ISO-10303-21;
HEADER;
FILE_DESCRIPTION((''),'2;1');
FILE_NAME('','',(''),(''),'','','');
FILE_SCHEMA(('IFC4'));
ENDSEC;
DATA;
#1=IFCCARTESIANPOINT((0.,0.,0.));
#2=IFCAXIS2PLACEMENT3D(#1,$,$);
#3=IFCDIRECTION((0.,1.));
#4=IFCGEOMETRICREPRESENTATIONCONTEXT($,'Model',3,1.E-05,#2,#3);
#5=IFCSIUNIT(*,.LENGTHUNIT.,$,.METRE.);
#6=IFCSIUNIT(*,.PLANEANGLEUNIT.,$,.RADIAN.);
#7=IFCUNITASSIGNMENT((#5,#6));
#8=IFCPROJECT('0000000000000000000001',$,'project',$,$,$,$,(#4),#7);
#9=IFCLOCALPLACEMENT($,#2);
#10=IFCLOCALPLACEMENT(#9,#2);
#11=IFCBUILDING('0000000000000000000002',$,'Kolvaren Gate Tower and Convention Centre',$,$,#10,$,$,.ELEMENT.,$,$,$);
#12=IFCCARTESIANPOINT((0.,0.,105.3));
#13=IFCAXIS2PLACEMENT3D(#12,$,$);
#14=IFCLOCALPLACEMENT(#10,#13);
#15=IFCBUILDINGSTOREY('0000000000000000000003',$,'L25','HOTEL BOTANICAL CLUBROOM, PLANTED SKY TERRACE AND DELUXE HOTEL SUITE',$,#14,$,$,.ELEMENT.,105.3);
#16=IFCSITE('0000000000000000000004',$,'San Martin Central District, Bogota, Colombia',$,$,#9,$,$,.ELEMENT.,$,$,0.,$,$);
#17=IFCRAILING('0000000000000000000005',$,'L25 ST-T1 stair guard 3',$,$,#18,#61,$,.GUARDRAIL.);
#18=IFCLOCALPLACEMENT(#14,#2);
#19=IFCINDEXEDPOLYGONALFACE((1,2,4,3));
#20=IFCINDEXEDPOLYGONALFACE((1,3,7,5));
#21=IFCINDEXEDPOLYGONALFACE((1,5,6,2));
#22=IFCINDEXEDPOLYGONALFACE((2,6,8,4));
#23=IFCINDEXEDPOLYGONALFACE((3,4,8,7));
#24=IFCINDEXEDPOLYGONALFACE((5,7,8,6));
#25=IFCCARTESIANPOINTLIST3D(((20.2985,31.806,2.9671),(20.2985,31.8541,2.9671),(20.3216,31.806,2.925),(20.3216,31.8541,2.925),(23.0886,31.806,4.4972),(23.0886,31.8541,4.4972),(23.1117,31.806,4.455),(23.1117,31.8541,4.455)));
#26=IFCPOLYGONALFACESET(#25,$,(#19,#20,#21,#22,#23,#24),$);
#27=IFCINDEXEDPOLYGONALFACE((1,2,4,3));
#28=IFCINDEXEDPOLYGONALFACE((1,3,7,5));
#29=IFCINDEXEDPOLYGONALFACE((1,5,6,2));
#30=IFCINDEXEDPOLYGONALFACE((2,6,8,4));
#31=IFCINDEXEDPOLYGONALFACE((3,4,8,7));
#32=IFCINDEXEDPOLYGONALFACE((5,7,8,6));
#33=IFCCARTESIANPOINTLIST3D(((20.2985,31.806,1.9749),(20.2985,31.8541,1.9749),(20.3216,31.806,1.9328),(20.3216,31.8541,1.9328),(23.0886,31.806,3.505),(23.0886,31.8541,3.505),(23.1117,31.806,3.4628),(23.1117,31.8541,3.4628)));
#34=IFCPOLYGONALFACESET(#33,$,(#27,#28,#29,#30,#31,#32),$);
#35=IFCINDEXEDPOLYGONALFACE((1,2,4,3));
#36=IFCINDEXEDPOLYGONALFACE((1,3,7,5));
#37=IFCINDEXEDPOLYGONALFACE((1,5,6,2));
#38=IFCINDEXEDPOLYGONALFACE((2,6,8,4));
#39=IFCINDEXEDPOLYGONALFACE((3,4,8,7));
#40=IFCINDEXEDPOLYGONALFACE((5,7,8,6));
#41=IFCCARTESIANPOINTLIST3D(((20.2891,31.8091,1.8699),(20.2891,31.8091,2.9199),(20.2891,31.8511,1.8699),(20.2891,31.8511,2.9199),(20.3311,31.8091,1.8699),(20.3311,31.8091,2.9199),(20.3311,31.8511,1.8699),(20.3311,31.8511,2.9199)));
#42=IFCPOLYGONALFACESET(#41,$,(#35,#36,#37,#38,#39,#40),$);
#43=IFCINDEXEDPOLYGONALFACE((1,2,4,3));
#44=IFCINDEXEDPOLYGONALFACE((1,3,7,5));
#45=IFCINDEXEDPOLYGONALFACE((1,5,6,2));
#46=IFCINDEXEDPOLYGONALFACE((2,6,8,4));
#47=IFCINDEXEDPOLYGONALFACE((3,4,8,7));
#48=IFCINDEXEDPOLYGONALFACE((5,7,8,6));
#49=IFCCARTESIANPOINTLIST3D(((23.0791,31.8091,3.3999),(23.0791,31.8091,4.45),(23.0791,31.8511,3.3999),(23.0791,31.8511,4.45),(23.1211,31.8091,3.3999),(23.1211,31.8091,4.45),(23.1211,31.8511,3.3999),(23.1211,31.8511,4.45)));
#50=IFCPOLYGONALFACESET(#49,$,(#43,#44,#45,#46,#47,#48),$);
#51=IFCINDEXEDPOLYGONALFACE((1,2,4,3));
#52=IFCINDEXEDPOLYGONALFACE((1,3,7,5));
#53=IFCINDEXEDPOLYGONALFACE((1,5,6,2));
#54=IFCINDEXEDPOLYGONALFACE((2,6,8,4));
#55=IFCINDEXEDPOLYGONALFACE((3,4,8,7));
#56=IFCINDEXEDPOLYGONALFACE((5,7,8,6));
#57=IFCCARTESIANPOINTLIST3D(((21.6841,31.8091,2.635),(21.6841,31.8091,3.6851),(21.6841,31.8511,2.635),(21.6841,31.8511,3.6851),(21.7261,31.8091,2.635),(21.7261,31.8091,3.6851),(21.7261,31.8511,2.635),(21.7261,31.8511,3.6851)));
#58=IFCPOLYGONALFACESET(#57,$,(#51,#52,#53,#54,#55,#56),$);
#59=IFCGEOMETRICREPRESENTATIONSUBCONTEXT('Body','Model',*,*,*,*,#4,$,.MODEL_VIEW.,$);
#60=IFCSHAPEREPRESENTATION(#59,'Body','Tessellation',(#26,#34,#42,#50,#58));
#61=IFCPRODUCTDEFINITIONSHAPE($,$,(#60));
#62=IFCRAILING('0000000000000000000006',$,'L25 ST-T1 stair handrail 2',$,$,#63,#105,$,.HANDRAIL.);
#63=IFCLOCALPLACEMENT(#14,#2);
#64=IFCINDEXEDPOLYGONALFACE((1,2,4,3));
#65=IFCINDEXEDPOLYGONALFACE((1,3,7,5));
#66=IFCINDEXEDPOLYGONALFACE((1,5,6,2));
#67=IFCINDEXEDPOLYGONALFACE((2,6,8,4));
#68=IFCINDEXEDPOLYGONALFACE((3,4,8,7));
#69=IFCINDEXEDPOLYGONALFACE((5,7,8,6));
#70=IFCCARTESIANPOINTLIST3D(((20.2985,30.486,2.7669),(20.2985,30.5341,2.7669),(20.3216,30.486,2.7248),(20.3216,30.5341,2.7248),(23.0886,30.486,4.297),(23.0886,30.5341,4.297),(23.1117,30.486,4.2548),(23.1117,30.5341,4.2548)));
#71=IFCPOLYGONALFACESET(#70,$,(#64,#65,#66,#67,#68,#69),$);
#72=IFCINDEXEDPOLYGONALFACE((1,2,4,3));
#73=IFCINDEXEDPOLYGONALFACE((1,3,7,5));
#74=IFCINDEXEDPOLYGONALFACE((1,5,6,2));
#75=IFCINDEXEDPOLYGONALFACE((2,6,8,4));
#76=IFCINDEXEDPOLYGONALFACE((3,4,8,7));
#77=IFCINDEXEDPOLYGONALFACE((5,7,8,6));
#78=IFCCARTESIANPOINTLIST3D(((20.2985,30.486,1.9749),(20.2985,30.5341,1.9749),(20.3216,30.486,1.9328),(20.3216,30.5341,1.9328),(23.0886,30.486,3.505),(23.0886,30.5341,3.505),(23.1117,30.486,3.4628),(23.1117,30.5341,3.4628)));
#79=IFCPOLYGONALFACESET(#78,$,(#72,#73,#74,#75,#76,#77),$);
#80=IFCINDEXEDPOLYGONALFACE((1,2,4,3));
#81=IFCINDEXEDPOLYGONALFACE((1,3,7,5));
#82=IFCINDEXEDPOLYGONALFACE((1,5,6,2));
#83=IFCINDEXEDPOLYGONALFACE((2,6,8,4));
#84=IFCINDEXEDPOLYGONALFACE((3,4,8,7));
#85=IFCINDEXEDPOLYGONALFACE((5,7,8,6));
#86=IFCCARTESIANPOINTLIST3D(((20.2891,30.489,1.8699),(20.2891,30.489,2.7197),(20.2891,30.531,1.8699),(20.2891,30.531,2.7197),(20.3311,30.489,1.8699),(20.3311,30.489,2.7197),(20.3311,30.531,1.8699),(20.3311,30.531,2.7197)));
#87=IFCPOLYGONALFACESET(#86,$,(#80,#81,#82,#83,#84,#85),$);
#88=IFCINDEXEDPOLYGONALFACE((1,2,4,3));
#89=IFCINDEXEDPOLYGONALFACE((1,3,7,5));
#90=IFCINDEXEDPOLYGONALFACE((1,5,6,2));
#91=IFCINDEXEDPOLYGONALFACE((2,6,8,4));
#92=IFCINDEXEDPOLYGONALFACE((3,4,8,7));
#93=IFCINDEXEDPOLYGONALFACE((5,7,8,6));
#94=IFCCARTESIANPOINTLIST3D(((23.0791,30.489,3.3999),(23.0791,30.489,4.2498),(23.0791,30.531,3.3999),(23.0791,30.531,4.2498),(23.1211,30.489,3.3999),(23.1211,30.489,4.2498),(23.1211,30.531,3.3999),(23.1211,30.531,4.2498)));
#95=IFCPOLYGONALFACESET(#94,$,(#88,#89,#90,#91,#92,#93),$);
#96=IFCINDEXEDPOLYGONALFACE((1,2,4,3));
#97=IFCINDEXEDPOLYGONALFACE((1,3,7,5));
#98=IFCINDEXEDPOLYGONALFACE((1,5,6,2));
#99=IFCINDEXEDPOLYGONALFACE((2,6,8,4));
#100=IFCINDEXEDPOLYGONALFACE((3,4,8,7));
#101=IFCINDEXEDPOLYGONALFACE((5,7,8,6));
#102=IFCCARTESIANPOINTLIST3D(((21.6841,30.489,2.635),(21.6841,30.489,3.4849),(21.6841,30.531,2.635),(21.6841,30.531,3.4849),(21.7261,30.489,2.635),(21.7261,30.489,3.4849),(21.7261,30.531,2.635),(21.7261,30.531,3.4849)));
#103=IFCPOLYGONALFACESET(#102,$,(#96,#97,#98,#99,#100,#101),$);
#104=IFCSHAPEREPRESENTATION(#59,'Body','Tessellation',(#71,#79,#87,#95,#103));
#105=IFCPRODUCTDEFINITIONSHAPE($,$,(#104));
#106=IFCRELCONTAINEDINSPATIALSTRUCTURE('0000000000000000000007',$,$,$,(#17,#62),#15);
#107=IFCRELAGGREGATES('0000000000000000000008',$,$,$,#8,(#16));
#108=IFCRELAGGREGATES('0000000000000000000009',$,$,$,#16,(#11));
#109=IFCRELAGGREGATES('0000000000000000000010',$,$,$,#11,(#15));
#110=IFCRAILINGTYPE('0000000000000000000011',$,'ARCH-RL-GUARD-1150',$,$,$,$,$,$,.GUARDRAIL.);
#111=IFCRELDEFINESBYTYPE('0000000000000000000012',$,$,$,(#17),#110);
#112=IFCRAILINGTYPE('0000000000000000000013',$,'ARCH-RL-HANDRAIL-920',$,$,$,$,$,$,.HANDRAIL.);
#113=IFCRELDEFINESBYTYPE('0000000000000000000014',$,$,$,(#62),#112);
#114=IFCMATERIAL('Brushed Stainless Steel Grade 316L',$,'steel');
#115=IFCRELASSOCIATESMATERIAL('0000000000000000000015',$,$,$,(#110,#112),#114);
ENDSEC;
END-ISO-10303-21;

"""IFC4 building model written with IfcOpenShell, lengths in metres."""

from ifc_helpers import new_model, si_unit, direction, frame, origin, origin_2d, place, context, subcontext, project, spatial, rectangle, extrude, material, type_object, element, save


model = new_model("IFC4")

# Units and contexts
model_context = context("Model", 3, precision=1e-05, world=origin(), true_north=direction((0.0, 1.0)))
body_context = subcontext(model_context, "Body", "Model", "MODEL_VIEW")
ifc_project = project(units=[si_unit("LENGTHUNIT", "METRE"), si_unit("PLANEANGLEUNIT", "RADIAN")], contexts=[model_context])

# Site, building, storey
site_placement = place(None, origin())
site = spatial("IfcSite", under=ifc_project, at=site_placement, Name="San Martin Central District, Bogota, Colombia", CompositionType="ELEMENT", RefElevation=0.0)
building_placement = place(site_placement, origin())
building = spatial("IfcBuilding", under=site, at=building_placement, Name="Kolvaren Gate Tower and Convention Centre", CompositionType="ELEMENT")
storey_placement = place(building_placement, frame((0.0, 0.0, 105.3)))
storey = spatial("IfcBuildingStorey", under=building, at=storey_placement, Name="L25", Description="HOTEL BOTANICAL CLUBROOM, PLANTED SKY TERRACE AND DELUXE HOTEL SUITE", CompositionType="ELEMENT", Elevation=105.3)

# Shared definitions
ifc_material_1 = material(Name="Brushed Stainless Steel Grade 316L", Category="steel")

# Railings
railing_type_1 = type_object("IfcRailingType", Name="ARCH-RL-GUARD-1150", PredefinedType="GUARDRAIL", material=ifc_material_1)
railing_1_placement = place(storey_placement, frame((20.3101, 31.8301, 1.8699)))
element("IfcRailing", 1, at=railing_1_placement, inside=storey, type_object=railing_type_1, Name="L25 ST-T1 stair guard 3", PredefinedType="GUARDRAIL", context=body_context, shape_type="SweptSolid", body=[
    extrude(rectangle(XDim=0.0481, YDim=0.0481, at=origin_2d()), frame((0.0, 0.0, 1.0762), z_axis=(0.876811, 0.0, 0.480835), x_axis=(0.0, 1.0, 0.0)), (0.0, 0.0, 1.0), 3.1821),
    extrude(rectangle(XDim=0.0481, YDim=0.0481, at=origin_2d()), frame((0.0, 0.0, 0.084), z_axis=(0.876811, 0.0, 0.480835), x_axis=(0.0, 1.0, 0.0)), (0.0, 0.0, 1.0), 3.1821),
    extrude(rectangle(XDim=0.042, YDim=0.042, at=origin_2d()), origin(), (0.0, 0.0, 1.0), 1.05),
    extrude(rectangle(XDim=0.042, YDim=0.042, at=origin_2d()), frame((2.79, 0.0, 1.53)), (0.0, 0.0, 1.0), 1.05),
    extrude(rectangle(XDim=0.042, YDim=0.042, at=origin_2d()), frame((1.395, 0.0, 0.7651)), (0.0, 0.0, 1.0), 1.05),
])
railing_type_2 = type_object("IfcRailingType", Name="ARCH-RL-HANDRAIL-920", PredefinedType="HANDRAIL", material=ifc_material_1)
railing_2_placement = place(storey_placement, frame((20.3101, 30.51, 1.8699)))
element("IfcRailing", 2, at=railing_2_placement, inside=storey, type_object=railing_type_2, Name="L25 ST-T1 stair handrail 2", PredefinedType="HANDRAIL", context=body_context, shape_type="SweptSolid", body=[
    extrude(rectangle(XDim=0.0481, YDim=0.0481, at=origin_2d()), frame((0.0, 0.0, 0.876), z_axis=(0.876811, 0.0, 0.480835), x_axis=(0.0, 1.0, 0.0)), (0.0, 0.0, 1.0), 3.1821),
    extrude(rectangle(XDim=0.0481, YDim=0.0481, at=origin_2d()), frame((0.0, 0.0, 0.084), z_axis=(0.876811, 0.0, 0.480835), x_axis=(0.0, 1.0, 0.0)), (0.0, 0.0, 1.0), 3.1821),
    extrude(rectangle(XDim=0.042, YDim=0.042, at=origin_2d()), origin(), (0.0, 0.0, 1.0), 0.8499),
    extrude(rectangle(XDim=0.042, YDim=0.042, at=origin_2d()), frame((2.79, 0.0, 1.53)), (0.0, 0.0, 1.0), 0.8499),
    extrude(rectangle(XDim=0.042, YDim=0.042, at=origin_2d()), frame((1.395, 0.0, 0.7651)), (0.0, 0.0, 1.0), 0.8499),
])

save(model, "model.ifc")
